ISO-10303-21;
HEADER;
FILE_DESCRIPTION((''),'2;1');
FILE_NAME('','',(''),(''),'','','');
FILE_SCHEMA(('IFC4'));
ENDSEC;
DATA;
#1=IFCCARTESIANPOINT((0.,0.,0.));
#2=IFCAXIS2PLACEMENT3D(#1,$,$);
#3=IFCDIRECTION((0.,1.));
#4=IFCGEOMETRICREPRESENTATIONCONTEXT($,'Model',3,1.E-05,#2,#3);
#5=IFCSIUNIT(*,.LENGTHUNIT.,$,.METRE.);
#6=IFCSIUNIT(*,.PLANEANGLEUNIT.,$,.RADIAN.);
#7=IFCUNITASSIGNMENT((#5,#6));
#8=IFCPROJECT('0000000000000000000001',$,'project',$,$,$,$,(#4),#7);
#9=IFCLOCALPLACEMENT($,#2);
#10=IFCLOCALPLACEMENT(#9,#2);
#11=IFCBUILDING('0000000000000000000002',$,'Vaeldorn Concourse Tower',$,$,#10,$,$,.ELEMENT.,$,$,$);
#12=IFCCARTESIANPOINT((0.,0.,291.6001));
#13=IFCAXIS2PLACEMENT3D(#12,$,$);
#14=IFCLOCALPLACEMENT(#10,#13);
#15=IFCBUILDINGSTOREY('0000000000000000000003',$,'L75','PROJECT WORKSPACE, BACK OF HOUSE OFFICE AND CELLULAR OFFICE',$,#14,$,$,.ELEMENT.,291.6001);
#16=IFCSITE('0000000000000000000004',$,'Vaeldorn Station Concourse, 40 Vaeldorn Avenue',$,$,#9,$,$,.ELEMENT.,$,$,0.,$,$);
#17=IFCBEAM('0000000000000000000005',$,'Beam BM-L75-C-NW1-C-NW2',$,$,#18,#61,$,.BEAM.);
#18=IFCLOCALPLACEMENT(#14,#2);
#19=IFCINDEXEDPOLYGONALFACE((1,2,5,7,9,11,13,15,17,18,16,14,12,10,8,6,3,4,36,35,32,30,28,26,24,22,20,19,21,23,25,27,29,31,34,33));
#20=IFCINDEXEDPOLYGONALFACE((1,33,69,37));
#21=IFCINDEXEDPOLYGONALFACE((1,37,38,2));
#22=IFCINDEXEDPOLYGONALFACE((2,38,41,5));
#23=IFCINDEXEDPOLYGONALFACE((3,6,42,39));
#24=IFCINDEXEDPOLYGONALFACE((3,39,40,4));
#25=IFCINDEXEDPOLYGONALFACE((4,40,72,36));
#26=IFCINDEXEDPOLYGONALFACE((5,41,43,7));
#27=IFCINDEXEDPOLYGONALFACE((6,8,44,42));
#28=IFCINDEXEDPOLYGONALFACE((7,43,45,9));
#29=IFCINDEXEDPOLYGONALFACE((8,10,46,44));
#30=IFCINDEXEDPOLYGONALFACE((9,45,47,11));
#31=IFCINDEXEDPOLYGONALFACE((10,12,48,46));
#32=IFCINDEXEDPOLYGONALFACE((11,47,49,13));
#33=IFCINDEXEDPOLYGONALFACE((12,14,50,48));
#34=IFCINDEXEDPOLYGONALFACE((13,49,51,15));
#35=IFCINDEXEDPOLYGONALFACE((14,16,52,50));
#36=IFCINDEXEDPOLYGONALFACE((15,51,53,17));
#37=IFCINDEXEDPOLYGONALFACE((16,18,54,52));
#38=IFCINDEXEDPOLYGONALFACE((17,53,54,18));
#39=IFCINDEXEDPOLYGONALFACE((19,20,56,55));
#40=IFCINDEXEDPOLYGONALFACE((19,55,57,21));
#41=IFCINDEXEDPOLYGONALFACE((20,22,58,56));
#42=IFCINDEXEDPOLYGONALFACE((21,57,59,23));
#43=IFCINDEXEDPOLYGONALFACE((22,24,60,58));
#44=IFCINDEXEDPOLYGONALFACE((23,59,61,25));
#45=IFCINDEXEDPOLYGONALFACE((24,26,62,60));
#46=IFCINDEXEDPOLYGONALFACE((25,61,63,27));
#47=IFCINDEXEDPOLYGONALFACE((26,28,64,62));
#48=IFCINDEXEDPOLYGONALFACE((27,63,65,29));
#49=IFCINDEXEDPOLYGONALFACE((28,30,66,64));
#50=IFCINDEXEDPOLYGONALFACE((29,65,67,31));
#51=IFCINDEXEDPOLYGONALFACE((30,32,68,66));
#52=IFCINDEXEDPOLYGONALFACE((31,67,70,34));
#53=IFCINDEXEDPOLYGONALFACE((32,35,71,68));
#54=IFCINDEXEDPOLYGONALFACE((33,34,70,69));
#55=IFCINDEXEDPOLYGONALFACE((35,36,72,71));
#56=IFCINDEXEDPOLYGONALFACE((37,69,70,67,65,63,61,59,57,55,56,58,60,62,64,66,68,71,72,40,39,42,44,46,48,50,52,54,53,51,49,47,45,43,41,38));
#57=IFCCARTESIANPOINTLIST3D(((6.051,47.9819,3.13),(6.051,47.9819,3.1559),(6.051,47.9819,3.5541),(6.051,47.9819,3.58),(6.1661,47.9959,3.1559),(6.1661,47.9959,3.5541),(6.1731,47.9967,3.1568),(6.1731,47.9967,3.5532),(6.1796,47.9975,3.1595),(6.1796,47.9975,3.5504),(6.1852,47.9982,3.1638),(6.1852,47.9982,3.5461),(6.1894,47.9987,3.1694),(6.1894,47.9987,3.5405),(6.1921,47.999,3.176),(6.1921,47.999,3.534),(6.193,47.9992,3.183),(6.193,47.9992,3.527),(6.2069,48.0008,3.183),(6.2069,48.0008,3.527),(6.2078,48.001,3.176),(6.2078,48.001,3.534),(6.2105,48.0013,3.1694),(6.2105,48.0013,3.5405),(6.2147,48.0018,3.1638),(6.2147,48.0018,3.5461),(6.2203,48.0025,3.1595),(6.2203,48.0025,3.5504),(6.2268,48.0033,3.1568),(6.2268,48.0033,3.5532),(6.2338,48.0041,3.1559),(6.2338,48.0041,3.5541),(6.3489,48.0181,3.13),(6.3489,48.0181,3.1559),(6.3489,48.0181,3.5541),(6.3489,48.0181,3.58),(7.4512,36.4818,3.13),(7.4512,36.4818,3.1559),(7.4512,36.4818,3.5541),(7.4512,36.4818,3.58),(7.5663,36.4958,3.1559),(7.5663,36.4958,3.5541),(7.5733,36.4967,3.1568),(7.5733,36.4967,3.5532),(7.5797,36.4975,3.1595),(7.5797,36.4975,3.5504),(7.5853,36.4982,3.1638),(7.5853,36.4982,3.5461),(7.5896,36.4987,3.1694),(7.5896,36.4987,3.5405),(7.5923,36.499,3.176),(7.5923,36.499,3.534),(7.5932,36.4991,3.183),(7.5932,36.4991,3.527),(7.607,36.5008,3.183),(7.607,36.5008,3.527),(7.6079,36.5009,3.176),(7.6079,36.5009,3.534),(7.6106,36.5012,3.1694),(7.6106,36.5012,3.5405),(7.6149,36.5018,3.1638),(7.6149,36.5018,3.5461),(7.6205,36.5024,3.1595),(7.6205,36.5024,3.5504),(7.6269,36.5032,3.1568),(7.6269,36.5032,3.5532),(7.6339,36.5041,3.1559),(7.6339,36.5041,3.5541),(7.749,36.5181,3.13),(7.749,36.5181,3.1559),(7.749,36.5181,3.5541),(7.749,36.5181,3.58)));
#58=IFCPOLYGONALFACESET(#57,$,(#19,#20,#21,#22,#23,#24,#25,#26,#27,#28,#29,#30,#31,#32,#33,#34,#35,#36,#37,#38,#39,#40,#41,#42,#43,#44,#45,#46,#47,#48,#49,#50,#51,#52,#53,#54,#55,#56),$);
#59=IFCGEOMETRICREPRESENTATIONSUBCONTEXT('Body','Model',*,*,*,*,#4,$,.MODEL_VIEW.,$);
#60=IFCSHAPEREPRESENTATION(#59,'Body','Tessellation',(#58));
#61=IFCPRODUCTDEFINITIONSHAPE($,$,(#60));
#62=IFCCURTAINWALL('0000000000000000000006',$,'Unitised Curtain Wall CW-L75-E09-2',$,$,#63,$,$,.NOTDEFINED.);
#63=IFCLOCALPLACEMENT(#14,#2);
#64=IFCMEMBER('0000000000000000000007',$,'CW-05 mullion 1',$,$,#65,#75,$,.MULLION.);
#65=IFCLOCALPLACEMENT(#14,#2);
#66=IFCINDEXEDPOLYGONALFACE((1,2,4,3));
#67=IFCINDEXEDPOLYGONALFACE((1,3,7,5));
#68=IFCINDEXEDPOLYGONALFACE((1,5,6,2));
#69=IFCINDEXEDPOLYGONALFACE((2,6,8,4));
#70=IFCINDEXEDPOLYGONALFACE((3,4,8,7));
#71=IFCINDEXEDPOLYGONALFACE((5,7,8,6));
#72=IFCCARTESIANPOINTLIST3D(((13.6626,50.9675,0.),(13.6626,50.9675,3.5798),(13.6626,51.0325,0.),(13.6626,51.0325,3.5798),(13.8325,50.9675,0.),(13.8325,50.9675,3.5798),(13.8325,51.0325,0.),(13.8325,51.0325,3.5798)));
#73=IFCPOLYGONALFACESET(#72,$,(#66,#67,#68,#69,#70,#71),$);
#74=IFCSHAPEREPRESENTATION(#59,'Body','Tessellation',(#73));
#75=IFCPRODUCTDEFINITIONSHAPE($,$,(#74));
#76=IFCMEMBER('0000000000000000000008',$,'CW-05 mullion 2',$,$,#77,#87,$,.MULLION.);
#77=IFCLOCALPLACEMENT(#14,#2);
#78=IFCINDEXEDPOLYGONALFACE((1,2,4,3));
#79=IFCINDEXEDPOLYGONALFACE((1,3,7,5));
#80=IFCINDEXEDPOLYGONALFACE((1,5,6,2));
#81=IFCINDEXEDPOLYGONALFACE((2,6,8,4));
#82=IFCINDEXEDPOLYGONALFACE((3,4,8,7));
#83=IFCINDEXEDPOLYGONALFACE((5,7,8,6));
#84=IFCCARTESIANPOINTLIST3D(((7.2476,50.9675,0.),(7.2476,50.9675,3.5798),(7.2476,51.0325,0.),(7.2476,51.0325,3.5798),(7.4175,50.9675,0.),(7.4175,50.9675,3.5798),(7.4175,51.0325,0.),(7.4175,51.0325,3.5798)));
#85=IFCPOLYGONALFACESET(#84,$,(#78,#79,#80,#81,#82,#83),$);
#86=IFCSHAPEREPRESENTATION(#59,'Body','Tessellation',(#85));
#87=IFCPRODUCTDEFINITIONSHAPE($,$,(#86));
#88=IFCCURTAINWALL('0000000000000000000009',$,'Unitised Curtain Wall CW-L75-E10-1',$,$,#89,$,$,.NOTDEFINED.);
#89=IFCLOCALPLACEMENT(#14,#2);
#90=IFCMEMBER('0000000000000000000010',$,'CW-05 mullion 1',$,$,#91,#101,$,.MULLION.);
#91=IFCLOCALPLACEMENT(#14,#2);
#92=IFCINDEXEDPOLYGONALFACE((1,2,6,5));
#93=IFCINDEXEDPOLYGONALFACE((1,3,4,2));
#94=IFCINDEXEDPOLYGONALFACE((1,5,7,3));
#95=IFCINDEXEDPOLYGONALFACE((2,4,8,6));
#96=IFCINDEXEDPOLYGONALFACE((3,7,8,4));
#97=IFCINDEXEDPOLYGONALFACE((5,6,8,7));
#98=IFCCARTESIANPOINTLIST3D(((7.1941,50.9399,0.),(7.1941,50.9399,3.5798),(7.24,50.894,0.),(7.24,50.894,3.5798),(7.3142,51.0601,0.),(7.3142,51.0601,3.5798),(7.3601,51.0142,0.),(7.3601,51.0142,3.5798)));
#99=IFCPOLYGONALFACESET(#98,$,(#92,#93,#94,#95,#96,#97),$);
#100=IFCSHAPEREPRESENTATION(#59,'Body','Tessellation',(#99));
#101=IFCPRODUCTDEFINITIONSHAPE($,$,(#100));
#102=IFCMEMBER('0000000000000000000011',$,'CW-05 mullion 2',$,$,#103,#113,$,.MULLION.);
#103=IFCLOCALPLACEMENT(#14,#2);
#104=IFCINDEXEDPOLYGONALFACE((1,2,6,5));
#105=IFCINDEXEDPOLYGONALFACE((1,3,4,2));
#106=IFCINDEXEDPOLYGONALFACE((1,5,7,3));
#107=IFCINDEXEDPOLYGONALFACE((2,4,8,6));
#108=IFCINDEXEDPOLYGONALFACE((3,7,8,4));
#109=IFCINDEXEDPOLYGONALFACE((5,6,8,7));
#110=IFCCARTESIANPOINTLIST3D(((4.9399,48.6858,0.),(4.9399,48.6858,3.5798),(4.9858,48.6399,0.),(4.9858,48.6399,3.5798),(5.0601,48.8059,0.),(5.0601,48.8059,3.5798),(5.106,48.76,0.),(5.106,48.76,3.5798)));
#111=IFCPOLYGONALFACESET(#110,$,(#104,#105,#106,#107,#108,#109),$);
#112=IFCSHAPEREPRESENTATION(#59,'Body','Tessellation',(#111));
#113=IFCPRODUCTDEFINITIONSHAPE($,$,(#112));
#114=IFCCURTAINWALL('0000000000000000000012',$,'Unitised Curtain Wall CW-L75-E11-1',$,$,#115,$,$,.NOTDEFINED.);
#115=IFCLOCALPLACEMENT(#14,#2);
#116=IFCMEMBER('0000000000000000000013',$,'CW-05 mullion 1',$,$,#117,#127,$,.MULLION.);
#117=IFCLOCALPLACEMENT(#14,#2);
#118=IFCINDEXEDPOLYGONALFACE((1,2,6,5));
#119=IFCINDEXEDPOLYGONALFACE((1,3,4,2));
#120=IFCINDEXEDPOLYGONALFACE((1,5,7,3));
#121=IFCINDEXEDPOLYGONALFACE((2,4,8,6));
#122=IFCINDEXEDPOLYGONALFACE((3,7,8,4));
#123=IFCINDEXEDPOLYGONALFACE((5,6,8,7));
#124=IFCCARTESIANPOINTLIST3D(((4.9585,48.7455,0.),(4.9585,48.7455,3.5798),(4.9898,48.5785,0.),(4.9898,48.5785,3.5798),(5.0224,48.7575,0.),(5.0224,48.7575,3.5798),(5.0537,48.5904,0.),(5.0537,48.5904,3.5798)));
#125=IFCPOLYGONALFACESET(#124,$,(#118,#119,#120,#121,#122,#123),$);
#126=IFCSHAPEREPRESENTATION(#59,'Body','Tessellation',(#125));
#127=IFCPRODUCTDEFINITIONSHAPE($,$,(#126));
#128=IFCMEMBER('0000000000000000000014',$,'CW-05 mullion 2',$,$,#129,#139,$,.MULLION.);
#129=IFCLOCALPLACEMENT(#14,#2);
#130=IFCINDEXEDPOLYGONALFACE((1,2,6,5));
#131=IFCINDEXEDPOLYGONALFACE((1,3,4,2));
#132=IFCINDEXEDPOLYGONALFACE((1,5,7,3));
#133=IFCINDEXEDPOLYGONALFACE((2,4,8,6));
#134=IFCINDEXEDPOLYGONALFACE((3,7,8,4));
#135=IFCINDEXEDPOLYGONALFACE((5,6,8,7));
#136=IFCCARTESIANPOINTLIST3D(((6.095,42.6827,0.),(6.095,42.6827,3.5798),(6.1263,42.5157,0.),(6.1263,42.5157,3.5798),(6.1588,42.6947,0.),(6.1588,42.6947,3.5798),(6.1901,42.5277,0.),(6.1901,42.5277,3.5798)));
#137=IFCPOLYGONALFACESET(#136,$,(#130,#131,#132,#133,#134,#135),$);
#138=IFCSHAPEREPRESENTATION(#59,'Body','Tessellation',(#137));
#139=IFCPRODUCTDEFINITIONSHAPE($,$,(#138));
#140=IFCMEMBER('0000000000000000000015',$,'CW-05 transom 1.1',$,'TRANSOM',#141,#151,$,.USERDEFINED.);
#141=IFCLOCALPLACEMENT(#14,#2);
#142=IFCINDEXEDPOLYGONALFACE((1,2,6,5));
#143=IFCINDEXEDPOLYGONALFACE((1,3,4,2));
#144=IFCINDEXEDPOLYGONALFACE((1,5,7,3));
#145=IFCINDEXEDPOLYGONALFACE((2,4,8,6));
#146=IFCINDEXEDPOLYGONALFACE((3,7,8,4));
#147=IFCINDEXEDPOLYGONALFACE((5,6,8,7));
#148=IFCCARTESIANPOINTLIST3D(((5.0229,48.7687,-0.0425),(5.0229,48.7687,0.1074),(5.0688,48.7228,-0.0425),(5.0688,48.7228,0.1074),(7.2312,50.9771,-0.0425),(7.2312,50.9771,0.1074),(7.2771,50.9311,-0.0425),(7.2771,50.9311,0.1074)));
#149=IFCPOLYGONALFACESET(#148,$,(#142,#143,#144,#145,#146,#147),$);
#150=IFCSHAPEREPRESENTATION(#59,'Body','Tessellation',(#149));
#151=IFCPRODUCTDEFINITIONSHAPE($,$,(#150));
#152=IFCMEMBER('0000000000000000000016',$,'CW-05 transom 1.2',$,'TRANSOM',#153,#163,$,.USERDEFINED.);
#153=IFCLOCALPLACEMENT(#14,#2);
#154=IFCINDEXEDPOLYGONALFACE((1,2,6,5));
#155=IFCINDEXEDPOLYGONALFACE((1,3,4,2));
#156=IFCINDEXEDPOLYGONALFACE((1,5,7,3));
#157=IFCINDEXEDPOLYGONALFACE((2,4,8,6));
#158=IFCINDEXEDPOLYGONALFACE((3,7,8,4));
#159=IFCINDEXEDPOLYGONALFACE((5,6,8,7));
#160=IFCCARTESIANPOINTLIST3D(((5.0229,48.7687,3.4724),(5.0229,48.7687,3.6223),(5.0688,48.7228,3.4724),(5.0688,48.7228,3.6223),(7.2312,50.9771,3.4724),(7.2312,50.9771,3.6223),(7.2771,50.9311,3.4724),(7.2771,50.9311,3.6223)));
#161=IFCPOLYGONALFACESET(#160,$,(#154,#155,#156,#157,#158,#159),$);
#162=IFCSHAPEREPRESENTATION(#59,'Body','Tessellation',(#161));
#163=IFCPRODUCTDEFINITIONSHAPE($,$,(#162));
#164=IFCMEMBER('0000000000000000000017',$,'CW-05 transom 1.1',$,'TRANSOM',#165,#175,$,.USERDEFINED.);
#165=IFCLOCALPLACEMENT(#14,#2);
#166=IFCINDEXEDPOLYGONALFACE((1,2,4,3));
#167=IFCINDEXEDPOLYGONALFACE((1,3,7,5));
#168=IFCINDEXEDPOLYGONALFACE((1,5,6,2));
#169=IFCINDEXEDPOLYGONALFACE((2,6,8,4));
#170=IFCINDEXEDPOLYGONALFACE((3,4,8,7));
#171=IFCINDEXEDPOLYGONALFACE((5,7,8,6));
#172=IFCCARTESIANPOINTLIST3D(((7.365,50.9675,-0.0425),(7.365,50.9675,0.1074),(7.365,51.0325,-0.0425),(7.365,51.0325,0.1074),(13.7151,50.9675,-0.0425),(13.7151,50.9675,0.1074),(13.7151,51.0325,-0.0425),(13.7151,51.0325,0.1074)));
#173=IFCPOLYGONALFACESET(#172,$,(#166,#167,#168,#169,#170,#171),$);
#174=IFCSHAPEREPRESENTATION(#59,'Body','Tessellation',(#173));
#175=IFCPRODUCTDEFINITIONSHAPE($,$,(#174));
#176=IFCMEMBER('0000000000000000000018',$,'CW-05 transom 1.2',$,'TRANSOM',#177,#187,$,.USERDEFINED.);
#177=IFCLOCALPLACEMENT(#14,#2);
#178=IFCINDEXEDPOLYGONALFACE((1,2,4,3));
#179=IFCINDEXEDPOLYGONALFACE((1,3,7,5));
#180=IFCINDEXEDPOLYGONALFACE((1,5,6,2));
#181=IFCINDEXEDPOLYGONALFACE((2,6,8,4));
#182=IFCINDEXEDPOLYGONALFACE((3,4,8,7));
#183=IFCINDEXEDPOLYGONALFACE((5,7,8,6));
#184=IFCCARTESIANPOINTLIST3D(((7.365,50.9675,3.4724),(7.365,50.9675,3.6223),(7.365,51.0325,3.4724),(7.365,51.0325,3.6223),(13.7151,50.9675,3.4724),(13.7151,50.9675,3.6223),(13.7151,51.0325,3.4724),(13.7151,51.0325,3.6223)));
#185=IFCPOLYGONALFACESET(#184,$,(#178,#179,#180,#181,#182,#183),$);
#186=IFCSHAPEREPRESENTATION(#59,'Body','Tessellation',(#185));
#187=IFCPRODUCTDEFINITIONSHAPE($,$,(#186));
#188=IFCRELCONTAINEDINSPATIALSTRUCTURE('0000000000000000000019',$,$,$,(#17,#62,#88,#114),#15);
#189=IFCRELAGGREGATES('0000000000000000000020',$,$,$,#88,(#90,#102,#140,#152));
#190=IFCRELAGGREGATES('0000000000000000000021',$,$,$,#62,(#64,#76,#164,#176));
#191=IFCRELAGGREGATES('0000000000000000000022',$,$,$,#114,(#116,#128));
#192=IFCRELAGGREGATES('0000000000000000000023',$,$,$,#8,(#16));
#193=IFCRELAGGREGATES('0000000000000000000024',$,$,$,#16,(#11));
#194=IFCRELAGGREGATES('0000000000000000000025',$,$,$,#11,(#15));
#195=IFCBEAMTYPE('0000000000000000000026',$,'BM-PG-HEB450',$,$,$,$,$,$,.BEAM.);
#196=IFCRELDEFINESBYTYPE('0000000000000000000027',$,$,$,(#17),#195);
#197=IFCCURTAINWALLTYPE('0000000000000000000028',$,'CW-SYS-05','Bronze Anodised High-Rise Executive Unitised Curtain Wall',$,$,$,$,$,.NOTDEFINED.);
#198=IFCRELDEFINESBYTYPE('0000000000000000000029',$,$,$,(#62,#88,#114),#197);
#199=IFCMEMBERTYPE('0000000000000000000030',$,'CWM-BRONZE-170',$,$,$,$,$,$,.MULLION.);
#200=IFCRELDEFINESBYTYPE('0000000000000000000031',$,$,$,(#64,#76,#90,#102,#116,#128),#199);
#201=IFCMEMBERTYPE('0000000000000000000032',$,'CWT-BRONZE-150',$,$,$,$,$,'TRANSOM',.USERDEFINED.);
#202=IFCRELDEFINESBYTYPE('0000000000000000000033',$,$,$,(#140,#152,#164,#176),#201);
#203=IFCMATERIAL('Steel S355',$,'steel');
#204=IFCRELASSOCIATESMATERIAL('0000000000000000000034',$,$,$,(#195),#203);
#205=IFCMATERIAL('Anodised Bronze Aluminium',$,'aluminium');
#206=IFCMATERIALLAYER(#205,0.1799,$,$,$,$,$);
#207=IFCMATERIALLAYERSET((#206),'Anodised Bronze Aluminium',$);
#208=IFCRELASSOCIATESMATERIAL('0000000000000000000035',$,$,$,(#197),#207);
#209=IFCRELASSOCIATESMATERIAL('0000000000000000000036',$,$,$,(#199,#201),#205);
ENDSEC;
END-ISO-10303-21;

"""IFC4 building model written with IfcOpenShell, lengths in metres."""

from ifc_helpers import new_model, si_unit, direction, frame, origin, origin_2d, place, context, subcontext, project, spatial, rectangle, i_section, extrude, source, transform, mapped, material, layer, layer_set, material_profile, profile_set, type_object, element, aggregate, save


model = new_model("IFC4")

# Units and contexts
model_context = context("Model", 3, precision=1e-05, world=origin(), true_north=direction((0.0, 1.0)))
body_context = subcontext(model_context, "Body", "Model", "MODEL_VIEW")
ifc_project = project(units=[si_unit("LENGTHUNIT", "METRE"), si_unit("PLANEANGLEUNIT", "RADIAN")], contexts=[model_context])

# Site, building, storey
site_placement = place(None, origin())
site = spatial("IfcSite", under=ifc_project, at=site_placement, Name="Vaeldorn Station Concourse, 40 Vaeldorn Avenue", CompositionType="ELEMENT", RefElevation=0.0)
building_placement = place(site_placement, origin())
building = spatial("IfcBuilding", under=site, at=building_placement, Name="Vaeldorn Concourse Tower", CompositionType="ELEMENT")
storey_placement = place(building_placement, frame((0.0, 0.0, 291.6001)))
storey = spatial("IfcBuildingStorey", under=building, at=storey_placement, Name="L75", Description="PROJECT WORKSPACE, BACK OF HOUSE OFFICE AND CELLULAR OFFICE", CompositionType="ELEMENT", Elevation=291.6001)

# Shared definitions
ifc_material_1 = material(Name="Steel S355", Category="steel")

# Beam
ifc_material_profile_1 = material_profile(ifc_material_1, i_section(OverallWidth=0.3, OverallDepth=0.45, WebThickness=0.0139, FlangeThickness=0.0259, FilletRadius=0.0271, at=origin_2d()), Name="HEB 450")
ifc_profile_set_1 = profile_set([ifc_material_profile_1], Name="Steel S355")
beam_type_1 = type_object("IfcBeamType", Name="BM-PG-HEB450", PredefinedType="BEAM", material=ifc_profile_set_1)
shared_shape_1 = source(origin(), body_context, "Body", "SweptSolid", [
    extrude(i_section(OverallWidth=0.3, OverallDepth=0.45, WebThickness=0.0139, FlangeThickness=0.0259, FilletRadius=0.0271, at=origin_2d()), origin(), (0.0, 0.0, 1.0), 11.585),
])
beam_1_placement = place(storey_placement, frame((6.2, 48.0, 3.355), z_axis=(0.120859, -0.99267, 0.0), x_axis=(0.99267, 0.120859, 0.0)))
element("IfcBeam", 1, at=beam_1_placement, inside=storey, type_object=beam_type_1, Name="Beam BM-L75-C-NW1-C-NW2", PredefinedType="BEAM", context=body_context, shape_type="MappedRepresentation", body=[
    mapped(shared_shape_1, transform((0.0, 0.0, 0.0), scale=1.0)),
])

# Curtain walls, members
ifc_material_2 = material(Name="Anodised Bronze Aluminium", Category="aluminium")
ifc_layer_1 = layer(ifc_material_2, 0.1799)
ifc_layer_set_1 = layer_set([ifc_layer_1], Name="Anodised Bronze Aluminium")
curtain_wall_type = type_object("IfcCurtainWallType", Name="CW-SYS-05", Description="Bronze Anodised High-Rise Executive Unitised Curtain Wall", PredefinedType="NOTDEFINED", material=ifc_layer_set_1)
curtain_wall_1_placement = place(storey_placement, origin())
curtain_wall_1 = element("IfcCurtainWall", 2, at=curtain_wall_1_placement, inside=storey, type_object=curtain_wall_type, Name="Unitised Curtain Wall CW-L75-E09-2", PredefinedType="NOTDEFINED")
ifc_material_profile_2 = material_profile(ifc_material_2, rectangle(XDim=0.0649, YDim=0.1699, at=origin_2d()), Name="CWM 65x170")
ifc_profile_set_2 = profile_set([ifc_material_profile_2], Name="Anodised Bronze Aluminium")
member_type_1 = type_object("IfcMemberType", Name="CWM-BRONZE-170", PredefinedType="MULLION", material=ifc_profile_set_2)
shared_shape_2 = source(origin(), body_context, "Body", "SweptSolid", [
    extrude(rectangle(XDim=0.0649, YDim=0.1699, at=origin_2d()), origin(), (0.0, 0.0, 1.0), 3.5798),
])
member_1_placement = place(storey_placement, frame((13.7476, 51.0, 0.0), z_axis=(0.0, 0.0, 1.0), x_axis=(0.0, -1.0, 0.0)))
member_1 = element("IfcMember", 3, at=member_1_placement, type_object=member_type_1, Name="CW-05 mullion 1", PredefinedType="MULLION", context=body_context, shape_type="MappedRepresentation", body=[
    mapped(shared_shape_2, transform((0.0, 0.0, 0.0), scale=1.0)),
])
member_2_placement = place(storey_placement, frame((7.3325, 51.0, 0.0), z_axis=(0.0, 0.0, 1.0), x_axis=(0.0, -1.0, 0.0)))
member_2 = element("IfcMember", 4, at=member_2_placement, type_object=member_type_1, Name="CW-05 mullion 2", PredefinedType="MULLION", context=body_context, shape_type="MappedRepresentation", body=[
    mapped(shared_shape_2, transform((0.0, 0.0, 0.0), scale=1.0)),
])
curtain_wall_2_placement = place(storey_placement, origin())
curtain_wall_2 = element("IfcCurtainWall", 5, at=curtain_wall_2_placement, inside=storey, type_object=curtain_wall_type, Name="Unitised Curtain Wall CW-L75-E10-1", PredefinedType="NOTDEFINED")
member_3_placement = place(storey_placement, frame((7.2771, 50.9771, 0.0), z_axis=(0.0, 0.0, 1.0), x_axis=(0.707107, -0.707107, 0.0)))
member_3 = element("IfcMember", 6, at=member_3_placement, type_object=member_type_1, Name="CW-05 mullion 1", PredefinedType="MULLION", context=body_context, shape_type="MappedRepresentation", body=[
    mapped(shared_shape_2, transform((0.0, 0.0, 0.0), scale=1.0)),
])
member_4_placement = place(storey_placement, frame((5.0229, 48.7229, 0.0), z_axis=(0.0, 0.0, 1.0), x_axis=(0.707107, -0.707107, 0.0)))
member_4 = element("IfcMember", 7, at=member_4_placement, type_object=member_type_1, Name="CW-05 mullion 2", PredefinedType="MULLION", context=body_context, shape_type="MappedRepresentation", body=[
    mapped(shared_shape_2, transform((0.0, 0.0, 0.0), scale=1.0)),
])
curtain_wall_3_placement = place(storey_placement, origin())
curtain_wall_3 = element("IfcCurtainWall", 8, at=curtain_wall_3_placement, inside=storey, type_object=curtain_wall_type, Name="Unitised Curtain Wall CW-L75-E11-1", PredefinedType="NOTDEFINED")
member_5_placement = place(storey_placement, frame((5.0061, 48.668, 0.0), z_axis=(0.0, 0.0, 1.0), x_axis=(0.98288, 0.184246, 0.0)))
member_5 = element("IfcMember", 9, at=member_5_placement, type_object=member_type_1, Name="CW-05 mullion 1", PredefinedType="MULLION", context=body_context, shape_type="MappedRepresentation", body=[
    mapped(shared_shape_2, transform((0.0, 0.0, 0.0), scale=1.0)),
])
member_6_placement = place(storey_placement, frame((6.1426, 42.6052, 0.0), z_axis=(0.0, 0.0, 1.0), x_axis=(0.98288, 0.184246, 0.0)))
member_6 = element("IfcMember", 10, at=member_6_placement, type_object=member_type_1, Name="CW-05 mullion 2", PredefinedType="MULLION", context=body_context, shape_type="MappedRepresentation", body=[
    mapped(shared_shape_2, transform((0.0, 0.0, 0.0), scale=1.0)),
])

# Members
ifc_material_profile_3 = material_profile(ifc_material_2, rectangle(XDim=0.0649, YDim=0.1499, at=origin_2d()), Name="CWT 65x150")
ifc_profile_set_3 = profile_set([ifc_material_profile_3], Name="Anodised Bronze Aluminium")
member_type_2 = type_object("IfcMemberType", Name="CWT-BRONZE-150", ElementType="TRANSOM", PredefinedType="USERDEFINED", material=ifc_profile_set_3)
shared_shape_3 = source(origin(), body_context, "Body", "SweptSolid", [
    extrude(rectangle(XDim=0.0649, YDim=0.1499, at=origin_2d()), origin(), (0.0, 0.0, 1.0), 3.123),
])
member_7_placement = place(storey_placement, frame((7.2542, 50.9541, 0.0325), z_axis=(-0.707107, -0.707107, 0.0), x_axis=(0.707107, -0.707107, 0.0)))
member_7 = element("IfcMember", 11, at=member_7_placement, type_object=member_type_2, Name="CW-05 transom 1.1", ObjectType="TRANSOM", PredefinedType="USERDEFINED", context=body_context, shape_type="MappedRepresentation", body=[
    mapped(shared_shape_3, transform((0.0, 0.0, 0.0), scale=1.0)),
])
member_8_placement = place(storey_placement, frame((7.2542, 50.9541, 3.5474), z_axis=(-0.707107, -0.707107, 0.0), x_axis=(0.707107, -0.707107, 0.0)))
member_8 = element("IfcMember", 12, at=member_8_placement, type_object=member_type_2, Name="CW-05 transom 1.2", ObjectType="TRANSOM", PredefinedType="USERDEFINED", context=body_context, shape_type="MappedRepresentation", body=[
    mapped(shared_shape_3, transform((0.0, 0.0, 0.0), scale=1.0)),
])
shared_shape_4 = source(origin(), body_context, "Body", "SweptSolid", [
    extrude(rectangle(XDim=0.0649, YDim=0.1499, at=origin_2d()), origin(), (0.0, 0.0, 1.0), 6.3501),
])
member_9_placement = place(storey_placement, frame((13.7151, 51.0, 0.0325), z_axis=(-1.0, 0.0, 0.0), x_axis=(0.0, -1.0, 0.0)))
member_9 = element("IfcMember", 13, at=member_9_placement, type_object=member_type_2, Name="CW-05 transom 1.1", ObjectType="TRANSOM", PredefinedType="USERDEFINED", context=body_context, shape_type="MappedRepresentation", body=[
    mapped(shared_shape_4, transform((0.0, 0.0, 0.0), scale=1.0)),
])
member_10_placement = place(storey_placement, frame((13.7151, 51.0, 3.5474), z_axis=(-1.0, 0.0, 0.0), x_axis=(0.0, -1.0, 0.0)))
member_10 = element("IfcMember", 14, at=member_10_placement, type_object=member_type_2, Name="CW-05 transom 1.2", ObjectType="TRANSOM", PredefinedType="USERDEFINED", context=body_context, shape_type="MappedRepresentation", body=[
    mapped(shared_shape_4, transform((0.0, 0.0, 0.0), scale=1.0)),
])

aggregate(curtain_wall_2, [member_3, member_4, member_7, member_8])
aggregate(curtain_wall_1, [member_1, member_2, member_9, member_10])
aggregate(curtain_wall_3, [member_5, member_6])

save(model, "model.ifc")
